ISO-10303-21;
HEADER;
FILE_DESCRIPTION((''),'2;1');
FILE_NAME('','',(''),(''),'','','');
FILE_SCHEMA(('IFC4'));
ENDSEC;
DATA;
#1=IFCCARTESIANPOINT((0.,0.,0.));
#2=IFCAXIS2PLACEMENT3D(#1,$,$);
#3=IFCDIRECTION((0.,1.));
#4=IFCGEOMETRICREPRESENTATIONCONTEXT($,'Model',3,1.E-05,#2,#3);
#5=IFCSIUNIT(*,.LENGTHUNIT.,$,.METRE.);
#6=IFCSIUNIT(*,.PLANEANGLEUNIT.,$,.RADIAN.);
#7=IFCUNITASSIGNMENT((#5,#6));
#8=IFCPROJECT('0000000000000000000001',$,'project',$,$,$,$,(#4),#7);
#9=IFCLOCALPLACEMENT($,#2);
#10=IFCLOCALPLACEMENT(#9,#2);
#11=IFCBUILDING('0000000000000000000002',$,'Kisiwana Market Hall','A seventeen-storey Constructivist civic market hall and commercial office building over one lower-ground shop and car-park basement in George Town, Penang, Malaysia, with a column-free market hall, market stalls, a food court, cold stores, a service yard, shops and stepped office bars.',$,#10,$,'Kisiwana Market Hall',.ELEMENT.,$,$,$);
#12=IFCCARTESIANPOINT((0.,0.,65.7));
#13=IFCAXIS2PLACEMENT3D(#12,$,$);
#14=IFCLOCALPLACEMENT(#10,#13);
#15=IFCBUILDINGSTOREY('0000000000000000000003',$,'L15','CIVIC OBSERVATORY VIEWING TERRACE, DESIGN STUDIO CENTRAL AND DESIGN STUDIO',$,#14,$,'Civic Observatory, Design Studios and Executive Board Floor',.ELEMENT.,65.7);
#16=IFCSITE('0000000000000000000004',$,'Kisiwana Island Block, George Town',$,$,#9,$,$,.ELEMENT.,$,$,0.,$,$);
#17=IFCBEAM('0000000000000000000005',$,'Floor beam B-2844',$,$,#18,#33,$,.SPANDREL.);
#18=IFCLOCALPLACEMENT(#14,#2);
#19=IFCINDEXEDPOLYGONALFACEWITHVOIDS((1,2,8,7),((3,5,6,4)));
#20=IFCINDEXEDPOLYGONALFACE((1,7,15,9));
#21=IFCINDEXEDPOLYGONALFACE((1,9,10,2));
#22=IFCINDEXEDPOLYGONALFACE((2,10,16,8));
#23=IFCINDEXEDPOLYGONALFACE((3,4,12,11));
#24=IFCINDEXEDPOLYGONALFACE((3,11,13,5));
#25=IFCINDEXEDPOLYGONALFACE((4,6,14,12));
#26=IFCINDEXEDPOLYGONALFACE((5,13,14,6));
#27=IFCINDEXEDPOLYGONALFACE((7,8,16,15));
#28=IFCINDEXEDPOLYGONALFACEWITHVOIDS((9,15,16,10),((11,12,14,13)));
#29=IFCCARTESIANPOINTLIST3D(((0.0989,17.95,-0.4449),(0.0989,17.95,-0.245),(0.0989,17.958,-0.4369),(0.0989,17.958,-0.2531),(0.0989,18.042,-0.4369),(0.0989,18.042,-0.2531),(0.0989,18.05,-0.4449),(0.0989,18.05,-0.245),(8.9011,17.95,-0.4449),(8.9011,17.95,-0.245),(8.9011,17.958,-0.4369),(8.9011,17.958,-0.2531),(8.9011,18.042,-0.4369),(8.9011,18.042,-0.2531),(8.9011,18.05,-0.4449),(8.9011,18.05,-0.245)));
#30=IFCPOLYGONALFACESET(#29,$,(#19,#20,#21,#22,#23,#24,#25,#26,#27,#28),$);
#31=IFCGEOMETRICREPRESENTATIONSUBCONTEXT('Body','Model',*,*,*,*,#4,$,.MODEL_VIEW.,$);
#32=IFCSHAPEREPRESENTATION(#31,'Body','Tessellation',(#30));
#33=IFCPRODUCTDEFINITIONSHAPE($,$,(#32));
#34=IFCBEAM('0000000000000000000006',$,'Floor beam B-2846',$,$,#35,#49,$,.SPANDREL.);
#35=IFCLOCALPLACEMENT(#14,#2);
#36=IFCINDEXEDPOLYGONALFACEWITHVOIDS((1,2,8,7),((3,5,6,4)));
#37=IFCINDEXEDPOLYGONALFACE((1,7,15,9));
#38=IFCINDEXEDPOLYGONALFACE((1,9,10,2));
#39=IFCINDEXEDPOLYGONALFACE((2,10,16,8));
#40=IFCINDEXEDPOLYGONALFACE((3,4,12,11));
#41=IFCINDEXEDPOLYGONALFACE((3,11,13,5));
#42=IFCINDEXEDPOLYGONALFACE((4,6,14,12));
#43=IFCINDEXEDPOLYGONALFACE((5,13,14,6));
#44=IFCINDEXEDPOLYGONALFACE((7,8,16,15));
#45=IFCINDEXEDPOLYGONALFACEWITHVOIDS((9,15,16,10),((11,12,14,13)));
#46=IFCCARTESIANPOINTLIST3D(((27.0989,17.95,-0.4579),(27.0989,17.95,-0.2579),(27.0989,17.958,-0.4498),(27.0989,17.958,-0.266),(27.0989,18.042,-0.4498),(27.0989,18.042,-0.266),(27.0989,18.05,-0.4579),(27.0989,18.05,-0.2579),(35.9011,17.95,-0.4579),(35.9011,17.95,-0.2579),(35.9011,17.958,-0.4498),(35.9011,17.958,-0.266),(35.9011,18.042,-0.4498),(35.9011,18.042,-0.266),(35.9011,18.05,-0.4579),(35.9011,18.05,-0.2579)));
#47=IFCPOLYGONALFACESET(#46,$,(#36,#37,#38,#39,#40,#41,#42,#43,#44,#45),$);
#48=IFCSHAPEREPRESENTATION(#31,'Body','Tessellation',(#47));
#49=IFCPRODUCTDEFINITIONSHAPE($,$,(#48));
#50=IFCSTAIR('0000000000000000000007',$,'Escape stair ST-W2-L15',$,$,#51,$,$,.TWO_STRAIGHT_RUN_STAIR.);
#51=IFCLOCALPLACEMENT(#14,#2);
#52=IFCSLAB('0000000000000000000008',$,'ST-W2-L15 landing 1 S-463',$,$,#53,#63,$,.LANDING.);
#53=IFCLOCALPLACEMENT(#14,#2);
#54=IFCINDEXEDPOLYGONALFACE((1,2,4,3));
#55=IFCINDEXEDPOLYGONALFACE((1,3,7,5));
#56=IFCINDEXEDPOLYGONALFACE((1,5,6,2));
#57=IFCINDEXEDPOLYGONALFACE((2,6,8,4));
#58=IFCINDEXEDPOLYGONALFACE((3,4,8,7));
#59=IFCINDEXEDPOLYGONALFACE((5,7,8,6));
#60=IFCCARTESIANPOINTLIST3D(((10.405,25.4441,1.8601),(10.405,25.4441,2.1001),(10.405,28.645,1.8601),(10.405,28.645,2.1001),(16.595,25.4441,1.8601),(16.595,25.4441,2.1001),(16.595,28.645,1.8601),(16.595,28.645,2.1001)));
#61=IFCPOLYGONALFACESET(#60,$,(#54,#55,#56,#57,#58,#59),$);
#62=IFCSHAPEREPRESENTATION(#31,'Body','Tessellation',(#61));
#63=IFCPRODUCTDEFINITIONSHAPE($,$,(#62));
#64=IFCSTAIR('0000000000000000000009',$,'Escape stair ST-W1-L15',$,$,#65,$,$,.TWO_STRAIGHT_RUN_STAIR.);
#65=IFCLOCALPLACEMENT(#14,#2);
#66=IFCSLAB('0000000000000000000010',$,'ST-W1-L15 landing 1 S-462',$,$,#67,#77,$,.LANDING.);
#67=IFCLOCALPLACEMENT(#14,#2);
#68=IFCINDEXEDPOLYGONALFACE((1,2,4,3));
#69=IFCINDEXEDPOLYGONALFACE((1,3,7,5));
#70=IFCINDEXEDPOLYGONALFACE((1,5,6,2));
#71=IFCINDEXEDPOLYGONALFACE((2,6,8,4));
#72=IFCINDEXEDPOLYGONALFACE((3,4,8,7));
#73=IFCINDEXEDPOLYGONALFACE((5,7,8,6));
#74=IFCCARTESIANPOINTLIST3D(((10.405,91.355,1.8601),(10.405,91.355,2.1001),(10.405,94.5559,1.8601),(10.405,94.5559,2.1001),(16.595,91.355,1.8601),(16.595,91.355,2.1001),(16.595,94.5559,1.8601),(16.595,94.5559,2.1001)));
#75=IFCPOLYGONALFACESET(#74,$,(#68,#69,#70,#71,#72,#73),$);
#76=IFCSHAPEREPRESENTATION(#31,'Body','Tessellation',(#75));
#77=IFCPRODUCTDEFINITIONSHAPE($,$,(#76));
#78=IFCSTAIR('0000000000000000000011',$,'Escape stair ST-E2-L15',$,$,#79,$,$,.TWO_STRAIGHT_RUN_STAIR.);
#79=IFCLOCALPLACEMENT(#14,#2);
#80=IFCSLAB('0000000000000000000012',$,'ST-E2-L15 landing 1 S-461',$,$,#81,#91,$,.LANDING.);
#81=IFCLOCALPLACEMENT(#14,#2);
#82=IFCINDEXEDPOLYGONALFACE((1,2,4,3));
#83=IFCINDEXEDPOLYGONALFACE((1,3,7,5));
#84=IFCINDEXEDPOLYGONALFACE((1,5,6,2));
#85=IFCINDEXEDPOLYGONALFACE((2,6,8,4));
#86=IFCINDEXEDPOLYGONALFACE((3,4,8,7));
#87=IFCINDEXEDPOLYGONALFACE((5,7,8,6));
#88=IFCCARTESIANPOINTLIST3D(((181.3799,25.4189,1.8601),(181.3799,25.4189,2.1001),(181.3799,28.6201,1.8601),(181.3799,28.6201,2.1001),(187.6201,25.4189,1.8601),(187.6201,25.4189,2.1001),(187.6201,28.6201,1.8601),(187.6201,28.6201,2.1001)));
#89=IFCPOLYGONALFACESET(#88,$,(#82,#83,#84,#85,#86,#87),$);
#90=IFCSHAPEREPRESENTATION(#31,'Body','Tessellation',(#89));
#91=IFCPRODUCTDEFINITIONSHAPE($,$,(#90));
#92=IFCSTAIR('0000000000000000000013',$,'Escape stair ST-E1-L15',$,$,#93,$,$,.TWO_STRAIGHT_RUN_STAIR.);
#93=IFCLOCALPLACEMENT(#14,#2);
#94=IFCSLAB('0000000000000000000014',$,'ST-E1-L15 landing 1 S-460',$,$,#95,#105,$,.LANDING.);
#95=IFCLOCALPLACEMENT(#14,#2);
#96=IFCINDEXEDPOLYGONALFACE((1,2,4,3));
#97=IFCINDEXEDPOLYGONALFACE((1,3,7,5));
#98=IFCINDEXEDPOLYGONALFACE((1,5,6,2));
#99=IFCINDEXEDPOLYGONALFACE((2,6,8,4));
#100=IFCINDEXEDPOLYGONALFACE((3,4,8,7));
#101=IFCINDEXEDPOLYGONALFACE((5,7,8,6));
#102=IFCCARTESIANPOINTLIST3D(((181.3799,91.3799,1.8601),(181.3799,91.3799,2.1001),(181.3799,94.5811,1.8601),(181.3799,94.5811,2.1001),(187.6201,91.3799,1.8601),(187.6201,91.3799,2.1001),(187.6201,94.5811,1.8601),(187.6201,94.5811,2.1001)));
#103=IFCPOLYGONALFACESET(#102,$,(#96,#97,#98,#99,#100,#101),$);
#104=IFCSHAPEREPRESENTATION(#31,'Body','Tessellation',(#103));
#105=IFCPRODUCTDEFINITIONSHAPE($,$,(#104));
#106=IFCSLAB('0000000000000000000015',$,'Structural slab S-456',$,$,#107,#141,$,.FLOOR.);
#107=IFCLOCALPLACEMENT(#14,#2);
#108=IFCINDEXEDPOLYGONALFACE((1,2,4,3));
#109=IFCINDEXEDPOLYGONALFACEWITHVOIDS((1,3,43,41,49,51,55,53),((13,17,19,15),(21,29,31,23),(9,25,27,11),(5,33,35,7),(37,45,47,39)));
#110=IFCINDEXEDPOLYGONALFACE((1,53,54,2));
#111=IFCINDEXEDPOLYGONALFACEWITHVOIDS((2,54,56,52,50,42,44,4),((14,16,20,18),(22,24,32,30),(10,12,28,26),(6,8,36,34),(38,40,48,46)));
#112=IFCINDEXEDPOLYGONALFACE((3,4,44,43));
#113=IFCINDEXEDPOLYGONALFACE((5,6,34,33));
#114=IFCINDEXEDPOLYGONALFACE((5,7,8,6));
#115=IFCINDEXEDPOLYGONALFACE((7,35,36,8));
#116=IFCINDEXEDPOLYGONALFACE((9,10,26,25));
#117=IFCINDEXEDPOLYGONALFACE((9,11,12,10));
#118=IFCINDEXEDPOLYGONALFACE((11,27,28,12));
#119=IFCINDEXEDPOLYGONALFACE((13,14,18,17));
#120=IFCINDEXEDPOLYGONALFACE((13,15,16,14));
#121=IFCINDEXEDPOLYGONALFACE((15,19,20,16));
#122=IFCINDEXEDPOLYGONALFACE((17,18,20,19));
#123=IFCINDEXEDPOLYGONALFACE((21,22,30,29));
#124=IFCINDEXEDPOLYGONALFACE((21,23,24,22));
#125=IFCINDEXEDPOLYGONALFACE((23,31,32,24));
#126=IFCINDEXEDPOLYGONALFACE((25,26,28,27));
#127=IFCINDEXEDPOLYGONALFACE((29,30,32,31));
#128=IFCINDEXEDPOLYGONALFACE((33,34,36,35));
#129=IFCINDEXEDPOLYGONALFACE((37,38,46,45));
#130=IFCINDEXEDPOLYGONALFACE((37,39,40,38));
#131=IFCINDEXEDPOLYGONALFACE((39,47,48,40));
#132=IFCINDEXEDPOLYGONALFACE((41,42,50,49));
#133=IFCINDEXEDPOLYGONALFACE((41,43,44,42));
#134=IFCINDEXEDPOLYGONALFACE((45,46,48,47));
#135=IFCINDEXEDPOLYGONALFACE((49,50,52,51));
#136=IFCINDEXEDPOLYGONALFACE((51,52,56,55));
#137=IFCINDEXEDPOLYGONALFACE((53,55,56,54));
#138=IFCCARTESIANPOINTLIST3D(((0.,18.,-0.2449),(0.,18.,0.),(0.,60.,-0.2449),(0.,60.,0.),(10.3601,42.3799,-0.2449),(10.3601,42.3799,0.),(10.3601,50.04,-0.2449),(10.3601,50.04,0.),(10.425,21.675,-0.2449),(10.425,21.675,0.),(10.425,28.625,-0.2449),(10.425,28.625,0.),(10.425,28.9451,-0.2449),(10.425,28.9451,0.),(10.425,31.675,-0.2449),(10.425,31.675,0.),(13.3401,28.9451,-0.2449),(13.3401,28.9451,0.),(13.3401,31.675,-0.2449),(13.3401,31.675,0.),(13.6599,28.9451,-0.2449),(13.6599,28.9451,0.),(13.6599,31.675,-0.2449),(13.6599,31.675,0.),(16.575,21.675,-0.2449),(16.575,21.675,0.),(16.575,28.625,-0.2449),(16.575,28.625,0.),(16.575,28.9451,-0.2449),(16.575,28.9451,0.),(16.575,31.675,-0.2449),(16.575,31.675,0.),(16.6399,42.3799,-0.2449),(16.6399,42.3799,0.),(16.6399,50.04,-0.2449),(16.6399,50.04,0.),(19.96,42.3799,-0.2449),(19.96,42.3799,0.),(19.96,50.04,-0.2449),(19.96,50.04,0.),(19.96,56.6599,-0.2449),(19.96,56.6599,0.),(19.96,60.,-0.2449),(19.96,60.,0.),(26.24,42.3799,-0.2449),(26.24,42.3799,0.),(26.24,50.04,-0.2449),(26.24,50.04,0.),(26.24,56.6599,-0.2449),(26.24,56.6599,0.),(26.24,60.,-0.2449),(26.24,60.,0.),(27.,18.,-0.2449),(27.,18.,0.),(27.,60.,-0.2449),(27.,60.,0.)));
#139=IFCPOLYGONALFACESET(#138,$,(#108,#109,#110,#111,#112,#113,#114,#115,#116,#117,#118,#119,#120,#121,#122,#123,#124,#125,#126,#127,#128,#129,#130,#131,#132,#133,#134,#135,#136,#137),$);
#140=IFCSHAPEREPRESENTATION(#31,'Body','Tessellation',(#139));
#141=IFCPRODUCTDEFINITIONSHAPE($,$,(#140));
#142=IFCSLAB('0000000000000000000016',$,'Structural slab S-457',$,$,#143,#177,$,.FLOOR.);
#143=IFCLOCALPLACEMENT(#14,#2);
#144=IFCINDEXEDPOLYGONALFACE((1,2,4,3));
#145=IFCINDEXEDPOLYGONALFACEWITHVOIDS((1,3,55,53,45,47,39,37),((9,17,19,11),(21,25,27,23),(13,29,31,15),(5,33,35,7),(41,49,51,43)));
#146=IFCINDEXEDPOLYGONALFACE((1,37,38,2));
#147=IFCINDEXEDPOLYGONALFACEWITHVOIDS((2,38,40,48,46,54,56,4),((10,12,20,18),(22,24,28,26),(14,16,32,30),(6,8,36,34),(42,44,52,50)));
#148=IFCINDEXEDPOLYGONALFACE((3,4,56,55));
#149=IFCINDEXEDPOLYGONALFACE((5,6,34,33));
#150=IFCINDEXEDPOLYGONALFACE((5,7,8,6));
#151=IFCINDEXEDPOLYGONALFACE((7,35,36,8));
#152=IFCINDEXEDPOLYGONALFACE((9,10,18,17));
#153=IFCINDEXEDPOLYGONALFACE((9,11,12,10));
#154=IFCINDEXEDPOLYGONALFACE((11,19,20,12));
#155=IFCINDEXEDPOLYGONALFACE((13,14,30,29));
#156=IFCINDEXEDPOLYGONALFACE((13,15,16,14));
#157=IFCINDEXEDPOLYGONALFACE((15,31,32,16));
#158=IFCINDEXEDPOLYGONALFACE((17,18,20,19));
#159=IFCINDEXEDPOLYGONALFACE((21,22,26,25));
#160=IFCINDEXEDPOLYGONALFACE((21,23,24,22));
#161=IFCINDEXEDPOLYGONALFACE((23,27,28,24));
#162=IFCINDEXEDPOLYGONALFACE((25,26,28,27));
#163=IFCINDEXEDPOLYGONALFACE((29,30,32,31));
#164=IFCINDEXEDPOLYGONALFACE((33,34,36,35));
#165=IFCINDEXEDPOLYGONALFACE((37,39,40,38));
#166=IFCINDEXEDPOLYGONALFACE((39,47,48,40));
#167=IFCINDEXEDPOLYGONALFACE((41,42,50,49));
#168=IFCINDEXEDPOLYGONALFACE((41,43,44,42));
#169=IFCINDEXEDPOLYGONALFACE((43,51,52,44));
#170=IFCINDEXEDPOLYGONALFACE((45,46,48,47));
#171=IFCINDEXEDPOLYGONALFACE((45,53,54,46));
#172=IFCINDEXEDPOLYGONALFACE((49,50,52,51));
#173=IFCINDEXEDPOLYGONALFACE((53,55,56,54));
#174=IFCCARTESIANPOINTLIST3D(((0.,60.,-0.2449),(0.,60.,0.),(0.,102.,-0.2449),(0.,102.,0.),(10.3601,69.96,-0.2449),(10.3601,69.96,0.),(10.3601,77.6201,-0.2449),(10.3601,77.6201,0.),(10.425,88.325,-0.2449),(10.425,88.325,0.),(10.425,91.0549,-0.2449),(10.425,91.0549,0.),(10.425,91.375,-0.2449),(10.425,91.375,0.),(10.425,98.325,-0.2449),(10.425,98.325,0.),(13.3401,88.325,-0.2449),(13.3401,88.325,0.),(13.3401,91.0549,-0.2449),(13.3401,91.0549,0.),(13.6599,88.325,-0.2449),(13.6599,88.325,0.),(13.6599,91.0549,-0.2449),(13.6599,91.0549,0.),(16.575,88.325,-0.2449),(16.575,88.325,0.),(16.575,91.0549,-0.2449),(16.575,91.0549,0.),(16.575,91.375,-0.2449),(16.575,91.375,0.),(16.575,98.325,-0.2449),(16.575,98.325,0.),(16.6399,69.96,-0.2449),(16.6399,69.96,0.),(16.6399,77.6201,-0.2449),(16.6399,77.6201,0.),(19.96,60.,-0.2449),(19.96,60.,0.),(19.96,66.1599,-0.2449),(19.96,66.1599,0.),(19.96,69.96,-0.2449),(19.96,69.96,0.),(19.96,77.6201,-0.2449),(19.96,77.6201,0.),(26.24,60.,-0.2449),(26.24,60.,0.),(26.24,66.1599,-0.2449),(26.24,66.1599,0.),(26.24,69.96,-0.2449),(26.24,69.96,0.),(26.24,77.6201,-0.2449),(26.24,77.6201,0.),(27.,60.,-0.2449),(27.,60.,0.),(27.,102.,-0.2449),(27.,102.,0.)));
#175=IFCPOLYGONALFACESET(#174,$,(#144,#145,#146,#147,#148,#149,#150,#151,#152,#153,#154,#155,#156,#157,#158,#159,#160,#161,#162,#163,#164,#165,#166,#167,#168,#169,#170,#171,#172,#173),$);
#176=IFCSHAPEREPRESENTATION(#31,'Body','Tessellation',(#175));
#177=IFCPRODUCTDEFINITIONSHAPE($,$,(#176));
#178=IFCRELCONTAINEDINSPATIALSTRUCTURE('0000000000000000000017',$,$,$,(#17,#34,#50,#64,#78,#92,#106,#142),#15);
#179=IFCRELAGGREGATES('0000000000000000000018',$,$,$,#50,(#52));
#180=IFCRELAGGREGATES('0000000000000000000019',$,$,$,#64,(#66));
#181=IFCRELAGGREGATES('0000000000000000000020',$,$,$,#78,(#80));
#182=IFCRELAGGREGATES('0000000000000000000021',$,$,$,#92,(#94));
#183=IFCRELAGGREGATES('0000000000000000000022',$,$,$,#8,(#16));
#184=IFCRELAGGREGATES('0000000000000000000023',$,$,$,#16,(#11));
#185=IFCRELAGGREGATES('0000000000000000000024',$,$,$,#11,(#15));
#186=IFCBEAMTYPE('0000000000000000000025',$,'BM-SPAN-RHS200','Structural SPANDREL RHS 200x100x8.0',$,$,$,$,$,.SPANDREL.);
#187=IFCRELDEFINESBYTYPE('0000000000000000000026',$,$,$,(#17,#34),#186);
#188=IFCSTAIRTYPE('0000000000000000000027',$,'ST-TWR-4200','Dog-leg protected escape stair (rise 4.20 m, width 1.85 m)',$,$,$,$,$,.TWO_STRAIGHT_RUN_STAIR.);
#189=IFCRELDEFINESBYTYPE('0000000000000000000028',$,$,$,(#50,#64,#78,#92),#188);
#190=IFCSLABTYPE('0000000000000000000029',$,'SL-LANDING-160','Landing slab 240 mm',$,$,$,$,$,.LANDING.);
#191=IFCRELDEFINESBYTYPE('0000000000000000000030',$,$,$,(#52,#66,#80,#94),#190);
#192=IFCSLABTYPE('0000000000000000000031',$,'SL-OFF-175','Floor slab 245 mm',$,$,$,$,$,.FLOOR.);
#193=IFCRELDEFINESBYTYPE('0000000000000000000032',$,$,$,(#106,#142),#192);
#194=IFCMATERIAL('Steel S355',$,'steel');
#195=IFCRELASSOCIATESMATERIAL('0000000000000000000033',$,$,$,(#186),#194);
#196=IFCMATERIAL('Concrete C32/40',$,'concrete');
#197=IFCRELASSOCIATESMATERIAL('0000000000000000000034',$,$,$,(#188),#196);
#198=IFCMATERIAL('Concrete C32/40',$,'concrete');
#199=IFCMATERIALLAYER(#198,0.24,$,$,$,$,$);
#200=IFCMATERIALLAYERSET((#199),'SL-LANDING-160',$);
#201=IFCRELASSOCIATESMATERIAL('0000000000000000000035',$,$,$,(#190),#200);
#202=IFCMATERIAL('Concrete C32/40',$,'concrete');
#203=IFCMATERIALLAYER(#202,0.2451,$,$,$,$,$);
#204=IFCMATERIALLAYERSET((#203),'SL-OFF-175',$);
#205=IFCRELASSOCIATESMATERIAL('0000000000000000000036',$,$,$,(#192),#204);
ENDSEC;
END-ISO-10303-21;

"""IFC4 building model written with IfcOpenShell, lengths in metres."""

from ifc_helpers import new_model, si_unit, direction, frame, origin, origin_2d, place, context, subcontext, project, spatial, polyline, hollow_rectangle, outline, extrude, material, layer, layer_set, material_profile, profile_set, type_object, element, aggregate, save


model = new_model("IFC4")

# Units and contexts
model_context = context("Model", 3, precision=1e-05, world=origin(), true_north=direction((0.0, 1.0)))
body_context = subcontext(model_context, "Body", "Model", "MODEL_VIEW")
ifc_project = project(units=[si_unit("LENGTHUNIT", "METRE"), si_unit("PLANEANGLEUNIT", "RADIAN")], contexts=[model_context])

# Site, building, storey
site_placement = place(None, origin())
site = spatial("IfcSite", under=ifc_project, at=site_placement, Name="Kisiwana Island Block, George Town", CompositionType="ELEMENT", RefElevation=0.0)
building_placement = place(site_placement, origin())
building = spatial("IfcBuilding", under=site, at=building_placement, Name="Kisiwana Market Hall", Description="A seventeen-storey Constructivist civic market hall and commercial office building over one lower-ground shop and car-park basement in George Town, Penang, Malaysia, with a column-free market hall, market stalls, a food court, cold stores, a service yard, shops and stepped office bars.", LongName="Kisiwana Market Hall", CompositionType="ELEMENT")
storey_placement = place(building_placement, frame((0.0, 0.0, 65.7)))
storey = spatial("IfcBuildingStorey", under=building, at=storey_placement, Name="L15", Description="CIVIC OBSERVATORY VIEWING TERRACE, DESIGN STUDIO CENTRAL AND DESIGN STUDIO", LongName="Civic Observatory, Design Studios and Executive Board Floor", CompositionType="ELEMENT", Elevation=65.7)

# Beams
ifc_material_1 = material(Name="Steel S355", Category="steel")
ifc_material_profile_1 = material_profile(ifc_material_1, hollow_rectangle(XDim=0.1001, YDim=0.2, WallThickness=0.0081, at=origin_2d()), Name="RHS 200x100x8.0")
ifc_profile_set_1 = profile_set([ifc_material_profile_1], Name="Steel S355")
beam_type_1 = type_object("IfcBeamType", Name="BM-SPAN-RHS200", Description="Structural SPANDREL RHS 200x100x8.0", PredefinedType="SPANDREL", material=ifc_profile_set_1)
for number, where, z_axis, x_axis, name in (
    (1, (0.0989, 18.0, -0.345), (1.0, 0.0, 0.0), (0.0, 1.0, 0.0), "Floor beam B-2844"),
    (2, (27.0989, 18.0, -0.3579), (1.0, 0.0, 0.0), (0.0, 1.0, 0.0), "Floor beam B-2846"),
):
    element("IfcBeam", number, at=place(storey_placement, frame(where, z_axis=z_axis, x_axis=x_axis)), inside=storey, type_object=beam_type_1, Name=name, PredefinedType="SPANDREL", context=body_context, shape_type="SweptSolid", body=[
        extrude(hollow_rectangle(XDim=0.1001, YDim=0.2, WallThickness=0.0081, at=origin_2d()), origin(), (0.0, 0.0, 1.0), 8.8022),
    ])

# Stairs, slabs
ifc_material_2 = material(Name="Concrete C32/40", Category="concrete")
stair_type = type_object("IfcStairType", Name="ST-TWR-4200", Description="Dog-leg protected escape stair (rise 4.20 m, width 1.85 m)", PredefinedType="TWO_STRAIGHT_RUN_STAIR", material=ifc_material_2)
stair_1_placement = place(storey_placement, origin())
stair_1 = element("IfcStair", 3, at=stair_1_placement, inside=storey, type_object=stair_type, Name="Escape stair ST-W2-L15", PredefinedType="TWO_STRAIGHT_RUN_STAIR")
ifc_material_3 = material(Name="Concrete C32/40", Category="concrete")
ifc_layer_1 = layer(ifc_material_3, 0.24)
ifc_layer_set_1 = layer_set([ifc_layer_1], Name="SL-LANDING-160")
slab_type_1 = type_object("IfcSlabType", Name="SL-LANDING-160", Description="Landing slab 240 mm", PredefinedType="LANDING", material=ifc_layer_set_1)
slab_1_placement = place(storey_placement, frame((0.0, 0.0, 1.8601)))
slab_1 = element("IfcSlab", 4, at=slab_1_placement, type_object=slab_type_1, Name="ST-W2-L15 landing 1 S-463", PredefinedType="LANDING", context=body_context, shape_type="SweptSolid", body=[
    extrude(outline(polyline([(10.405, 25.4441), (16.595, 25.4441), (16.595, 28.645), (10.405, 28.645), (10.405, 25.4441)])), origin(), (0.0, 0.0, 1.0), 0.24),
])
aggregate(stair_1, [slab_1])
stair_2_placement = place(storey_placement, origin())
stair_2 = element("IfcStair", 5, at=stair_2_placement, inside=storey, type_object=stair_type, Name="Escape stair ST-W1-L15", PredefinedType="TWO_STRAIGHT_RUN_STAIR")
slab_2_placement = place(storey_placement, frame((0.0, 0.0, 1.8601)))
slab_2 = element("IfcSlab", 6, at=slab_2_placement, type_object=slab_type_1, Name="ST-W1-L15 landing 1 S-462", PredefinedType="LANDING", context=body_context, shape_type="SweptSolid", body=[
    extrude(outline(polyline([(10.405, 91.355), (16.595, 91.355), (16.595, 94.5559), (10.405, 94.5559), (10.405, 91.355)])), origin(), (0.0, 0.0, 1.0), 0.24),
])
aggregate(stair_2, [slab_2])
stair_3_placement = place(storey_placement, origin())
stair_3 = element("IfcStair", 7, at=stair_3_placement, inside=storey, type_object=stair_type, Name="Escape stair ST-E2-L15", PredefinedType="TWO_STRAIGHT_RUN_STAIR")
slab_3_placement = place(storey_placement, frame((0.0, 0.0, 1.8601)))
slab_3 = element("IfcSlab", 8, at=slab_3_placement, type_object=slab_type_1, Name="ST-E2-L15 landing 1 S-461", PredefinedType="LANDING", context=body_context, shape_type="SweptSolid", body=[
    extrude(outline(polyline([(181.3799, 25.4189), (187.6201, 25.4189), (187.6201, 28.6201), (181.3799, 28.6201), (181.3799, 25.4189)])), origin(), (0.0, 0.0, 1.0), 0.24),
])
aggregate(stair_3, [slab_3])
stair_4_placement = place(storey_placement, origin())
stair_4 = element("IfcStair", 9, at=stair_4_placement, inside=storey, type_object=stair_type, Name="Escape stair ST-E1-L15", PredefinedType="TWO_STRAIGHT_RUN_STAIR")
slab_4_placement = place(storey_placement, frame((0.0, 0.0, 1.8601)))
slab_4 = element("IfcSlab", 10, at=slab_4_placement, type_object=slab_type_1, Name="ST-E1-L15 landing 1 S-460", PredefinedType="LANDING", context=body_context, shape_type="SweptSolid", body=[
    extrude(outline(polyline([(181.3799, 91.3799), (187.6201, 91.3799), (187.6201, 94.5811), (181.3799, 94.5811), (181.3799, 91.3799)])), origin(), (0.0, 0.0, 1.0), 0.24),
])
aggregate(stair_4, [slab_4])

# Slabs
ifc_material_4 = material(Name="Concrete C32/40", Category="concrete")
ifc_layer_2 = layer(ifc_material_4, 0.2451)
ifc_layer_set_2 = layer_set([ifc_layer_2], Name="SL-OFF-175")
slab_type_2 = type_object("IfcSlabType", Name="SL-OFF-175", Description="Floor slab 245 mm", PredefinedType="FLOOR", material=ifc_layer_set_2)
slab_5_placement = place(storey_placement, frame((0.0, 0.0, -0.2449)))
element("IfcSlab", 11, at=slab_5_placement, inside=storey, type_object=slab_type_2, Name="Structural slab S-456", PredefinedType="FLOOR", context=body_context, shape_type="SweptSolid", body=[
    extrude(outline(polyline([(0.0, 18.0), (27.0, 18.0), (27.0, 60.0), (26.24, 60.0), (26.24, 56.6599), (19.96, 56.6599), (19.96, 60.0), (0.0, 60.0), (0.0, 18.0)]), holes=[polyline([(10.425, 21.675), (16.575, 21.675), (16.575, 28.625), (10.425, 28.625), (10.425, 21.675)]), polyline([(10.425, 28.9451), (13.3401, 28.9451), (13.3401, 31.675), (10.425, 31.675), (10.425, 28.9451)]), polyline([(13.6599, 28.9451), (16.575, 28.9451), (16.575, 31.675), (13.6599, 31.675), (13.6599, 28.9451)]), polyline([(10.3601, 42.3799), (16.6399, 42.3799), (16.6399, 50.04), (10.3601, 50.04), (10.3601, 42.3799)]), polyline([(19.96, 42.3799), (26.24, 42.3799), (26.24, 50.04), (19.96, 50.04), (19.96, 42.3799)])]), origin(), (0.0, 0.0, 1.0), 0.2449),
])
slab_6_placement = place(storey_placement, frame((0.0, 0.0, -0.2449)))
element("IfcSlab", 12, at=slab_6_placement, inside=storey, type_object=slab_type_2, Name="Structural slab S-457", PredefinedType="FLOOR", context=body_context, shape_type="SweptSolid", body=[
    extrude(outline(polyline([(0.0, 60.0), (19.96, 60.0), (19.96, 66.1599), (26.24, 66.1599), (26.24, 60.0), (27.0, 60.0), (27.0, 102.0), (0.0, 102.0), (0.0, 60.0)]), holes=[polyline([(10.425, 91.375), (16.575, 91.375), (16.575, 98.325), (10.425, 98.325), (10.425, 91.375)]), polyline([(10.425, 88.325), (13.3401, 88.325), (13.3401, 91.0549), (10.425, 91.0549), (10.425, 88.325)]), polyline([(13.6599, 88.325), (16.575, 88.325), (16.575, 91.0549), (13.6599, 91.0549), (13.6599, 88.325)]), polyline([(10.3601, 69.96), (16.6399, 69.96), (16.6399, 77.6201), (10.3601, 77.6201), (10.3601, 69.96)]), polyline([(19.96, 69.96), (26.24, 69.96), (26.24, 77.6201), (19.96, 77.6201), (19.96, 69.96)])]), origin(), (0.0, 0.0, 1.0), 0.2449),
])

save(model, "model.ifc")
